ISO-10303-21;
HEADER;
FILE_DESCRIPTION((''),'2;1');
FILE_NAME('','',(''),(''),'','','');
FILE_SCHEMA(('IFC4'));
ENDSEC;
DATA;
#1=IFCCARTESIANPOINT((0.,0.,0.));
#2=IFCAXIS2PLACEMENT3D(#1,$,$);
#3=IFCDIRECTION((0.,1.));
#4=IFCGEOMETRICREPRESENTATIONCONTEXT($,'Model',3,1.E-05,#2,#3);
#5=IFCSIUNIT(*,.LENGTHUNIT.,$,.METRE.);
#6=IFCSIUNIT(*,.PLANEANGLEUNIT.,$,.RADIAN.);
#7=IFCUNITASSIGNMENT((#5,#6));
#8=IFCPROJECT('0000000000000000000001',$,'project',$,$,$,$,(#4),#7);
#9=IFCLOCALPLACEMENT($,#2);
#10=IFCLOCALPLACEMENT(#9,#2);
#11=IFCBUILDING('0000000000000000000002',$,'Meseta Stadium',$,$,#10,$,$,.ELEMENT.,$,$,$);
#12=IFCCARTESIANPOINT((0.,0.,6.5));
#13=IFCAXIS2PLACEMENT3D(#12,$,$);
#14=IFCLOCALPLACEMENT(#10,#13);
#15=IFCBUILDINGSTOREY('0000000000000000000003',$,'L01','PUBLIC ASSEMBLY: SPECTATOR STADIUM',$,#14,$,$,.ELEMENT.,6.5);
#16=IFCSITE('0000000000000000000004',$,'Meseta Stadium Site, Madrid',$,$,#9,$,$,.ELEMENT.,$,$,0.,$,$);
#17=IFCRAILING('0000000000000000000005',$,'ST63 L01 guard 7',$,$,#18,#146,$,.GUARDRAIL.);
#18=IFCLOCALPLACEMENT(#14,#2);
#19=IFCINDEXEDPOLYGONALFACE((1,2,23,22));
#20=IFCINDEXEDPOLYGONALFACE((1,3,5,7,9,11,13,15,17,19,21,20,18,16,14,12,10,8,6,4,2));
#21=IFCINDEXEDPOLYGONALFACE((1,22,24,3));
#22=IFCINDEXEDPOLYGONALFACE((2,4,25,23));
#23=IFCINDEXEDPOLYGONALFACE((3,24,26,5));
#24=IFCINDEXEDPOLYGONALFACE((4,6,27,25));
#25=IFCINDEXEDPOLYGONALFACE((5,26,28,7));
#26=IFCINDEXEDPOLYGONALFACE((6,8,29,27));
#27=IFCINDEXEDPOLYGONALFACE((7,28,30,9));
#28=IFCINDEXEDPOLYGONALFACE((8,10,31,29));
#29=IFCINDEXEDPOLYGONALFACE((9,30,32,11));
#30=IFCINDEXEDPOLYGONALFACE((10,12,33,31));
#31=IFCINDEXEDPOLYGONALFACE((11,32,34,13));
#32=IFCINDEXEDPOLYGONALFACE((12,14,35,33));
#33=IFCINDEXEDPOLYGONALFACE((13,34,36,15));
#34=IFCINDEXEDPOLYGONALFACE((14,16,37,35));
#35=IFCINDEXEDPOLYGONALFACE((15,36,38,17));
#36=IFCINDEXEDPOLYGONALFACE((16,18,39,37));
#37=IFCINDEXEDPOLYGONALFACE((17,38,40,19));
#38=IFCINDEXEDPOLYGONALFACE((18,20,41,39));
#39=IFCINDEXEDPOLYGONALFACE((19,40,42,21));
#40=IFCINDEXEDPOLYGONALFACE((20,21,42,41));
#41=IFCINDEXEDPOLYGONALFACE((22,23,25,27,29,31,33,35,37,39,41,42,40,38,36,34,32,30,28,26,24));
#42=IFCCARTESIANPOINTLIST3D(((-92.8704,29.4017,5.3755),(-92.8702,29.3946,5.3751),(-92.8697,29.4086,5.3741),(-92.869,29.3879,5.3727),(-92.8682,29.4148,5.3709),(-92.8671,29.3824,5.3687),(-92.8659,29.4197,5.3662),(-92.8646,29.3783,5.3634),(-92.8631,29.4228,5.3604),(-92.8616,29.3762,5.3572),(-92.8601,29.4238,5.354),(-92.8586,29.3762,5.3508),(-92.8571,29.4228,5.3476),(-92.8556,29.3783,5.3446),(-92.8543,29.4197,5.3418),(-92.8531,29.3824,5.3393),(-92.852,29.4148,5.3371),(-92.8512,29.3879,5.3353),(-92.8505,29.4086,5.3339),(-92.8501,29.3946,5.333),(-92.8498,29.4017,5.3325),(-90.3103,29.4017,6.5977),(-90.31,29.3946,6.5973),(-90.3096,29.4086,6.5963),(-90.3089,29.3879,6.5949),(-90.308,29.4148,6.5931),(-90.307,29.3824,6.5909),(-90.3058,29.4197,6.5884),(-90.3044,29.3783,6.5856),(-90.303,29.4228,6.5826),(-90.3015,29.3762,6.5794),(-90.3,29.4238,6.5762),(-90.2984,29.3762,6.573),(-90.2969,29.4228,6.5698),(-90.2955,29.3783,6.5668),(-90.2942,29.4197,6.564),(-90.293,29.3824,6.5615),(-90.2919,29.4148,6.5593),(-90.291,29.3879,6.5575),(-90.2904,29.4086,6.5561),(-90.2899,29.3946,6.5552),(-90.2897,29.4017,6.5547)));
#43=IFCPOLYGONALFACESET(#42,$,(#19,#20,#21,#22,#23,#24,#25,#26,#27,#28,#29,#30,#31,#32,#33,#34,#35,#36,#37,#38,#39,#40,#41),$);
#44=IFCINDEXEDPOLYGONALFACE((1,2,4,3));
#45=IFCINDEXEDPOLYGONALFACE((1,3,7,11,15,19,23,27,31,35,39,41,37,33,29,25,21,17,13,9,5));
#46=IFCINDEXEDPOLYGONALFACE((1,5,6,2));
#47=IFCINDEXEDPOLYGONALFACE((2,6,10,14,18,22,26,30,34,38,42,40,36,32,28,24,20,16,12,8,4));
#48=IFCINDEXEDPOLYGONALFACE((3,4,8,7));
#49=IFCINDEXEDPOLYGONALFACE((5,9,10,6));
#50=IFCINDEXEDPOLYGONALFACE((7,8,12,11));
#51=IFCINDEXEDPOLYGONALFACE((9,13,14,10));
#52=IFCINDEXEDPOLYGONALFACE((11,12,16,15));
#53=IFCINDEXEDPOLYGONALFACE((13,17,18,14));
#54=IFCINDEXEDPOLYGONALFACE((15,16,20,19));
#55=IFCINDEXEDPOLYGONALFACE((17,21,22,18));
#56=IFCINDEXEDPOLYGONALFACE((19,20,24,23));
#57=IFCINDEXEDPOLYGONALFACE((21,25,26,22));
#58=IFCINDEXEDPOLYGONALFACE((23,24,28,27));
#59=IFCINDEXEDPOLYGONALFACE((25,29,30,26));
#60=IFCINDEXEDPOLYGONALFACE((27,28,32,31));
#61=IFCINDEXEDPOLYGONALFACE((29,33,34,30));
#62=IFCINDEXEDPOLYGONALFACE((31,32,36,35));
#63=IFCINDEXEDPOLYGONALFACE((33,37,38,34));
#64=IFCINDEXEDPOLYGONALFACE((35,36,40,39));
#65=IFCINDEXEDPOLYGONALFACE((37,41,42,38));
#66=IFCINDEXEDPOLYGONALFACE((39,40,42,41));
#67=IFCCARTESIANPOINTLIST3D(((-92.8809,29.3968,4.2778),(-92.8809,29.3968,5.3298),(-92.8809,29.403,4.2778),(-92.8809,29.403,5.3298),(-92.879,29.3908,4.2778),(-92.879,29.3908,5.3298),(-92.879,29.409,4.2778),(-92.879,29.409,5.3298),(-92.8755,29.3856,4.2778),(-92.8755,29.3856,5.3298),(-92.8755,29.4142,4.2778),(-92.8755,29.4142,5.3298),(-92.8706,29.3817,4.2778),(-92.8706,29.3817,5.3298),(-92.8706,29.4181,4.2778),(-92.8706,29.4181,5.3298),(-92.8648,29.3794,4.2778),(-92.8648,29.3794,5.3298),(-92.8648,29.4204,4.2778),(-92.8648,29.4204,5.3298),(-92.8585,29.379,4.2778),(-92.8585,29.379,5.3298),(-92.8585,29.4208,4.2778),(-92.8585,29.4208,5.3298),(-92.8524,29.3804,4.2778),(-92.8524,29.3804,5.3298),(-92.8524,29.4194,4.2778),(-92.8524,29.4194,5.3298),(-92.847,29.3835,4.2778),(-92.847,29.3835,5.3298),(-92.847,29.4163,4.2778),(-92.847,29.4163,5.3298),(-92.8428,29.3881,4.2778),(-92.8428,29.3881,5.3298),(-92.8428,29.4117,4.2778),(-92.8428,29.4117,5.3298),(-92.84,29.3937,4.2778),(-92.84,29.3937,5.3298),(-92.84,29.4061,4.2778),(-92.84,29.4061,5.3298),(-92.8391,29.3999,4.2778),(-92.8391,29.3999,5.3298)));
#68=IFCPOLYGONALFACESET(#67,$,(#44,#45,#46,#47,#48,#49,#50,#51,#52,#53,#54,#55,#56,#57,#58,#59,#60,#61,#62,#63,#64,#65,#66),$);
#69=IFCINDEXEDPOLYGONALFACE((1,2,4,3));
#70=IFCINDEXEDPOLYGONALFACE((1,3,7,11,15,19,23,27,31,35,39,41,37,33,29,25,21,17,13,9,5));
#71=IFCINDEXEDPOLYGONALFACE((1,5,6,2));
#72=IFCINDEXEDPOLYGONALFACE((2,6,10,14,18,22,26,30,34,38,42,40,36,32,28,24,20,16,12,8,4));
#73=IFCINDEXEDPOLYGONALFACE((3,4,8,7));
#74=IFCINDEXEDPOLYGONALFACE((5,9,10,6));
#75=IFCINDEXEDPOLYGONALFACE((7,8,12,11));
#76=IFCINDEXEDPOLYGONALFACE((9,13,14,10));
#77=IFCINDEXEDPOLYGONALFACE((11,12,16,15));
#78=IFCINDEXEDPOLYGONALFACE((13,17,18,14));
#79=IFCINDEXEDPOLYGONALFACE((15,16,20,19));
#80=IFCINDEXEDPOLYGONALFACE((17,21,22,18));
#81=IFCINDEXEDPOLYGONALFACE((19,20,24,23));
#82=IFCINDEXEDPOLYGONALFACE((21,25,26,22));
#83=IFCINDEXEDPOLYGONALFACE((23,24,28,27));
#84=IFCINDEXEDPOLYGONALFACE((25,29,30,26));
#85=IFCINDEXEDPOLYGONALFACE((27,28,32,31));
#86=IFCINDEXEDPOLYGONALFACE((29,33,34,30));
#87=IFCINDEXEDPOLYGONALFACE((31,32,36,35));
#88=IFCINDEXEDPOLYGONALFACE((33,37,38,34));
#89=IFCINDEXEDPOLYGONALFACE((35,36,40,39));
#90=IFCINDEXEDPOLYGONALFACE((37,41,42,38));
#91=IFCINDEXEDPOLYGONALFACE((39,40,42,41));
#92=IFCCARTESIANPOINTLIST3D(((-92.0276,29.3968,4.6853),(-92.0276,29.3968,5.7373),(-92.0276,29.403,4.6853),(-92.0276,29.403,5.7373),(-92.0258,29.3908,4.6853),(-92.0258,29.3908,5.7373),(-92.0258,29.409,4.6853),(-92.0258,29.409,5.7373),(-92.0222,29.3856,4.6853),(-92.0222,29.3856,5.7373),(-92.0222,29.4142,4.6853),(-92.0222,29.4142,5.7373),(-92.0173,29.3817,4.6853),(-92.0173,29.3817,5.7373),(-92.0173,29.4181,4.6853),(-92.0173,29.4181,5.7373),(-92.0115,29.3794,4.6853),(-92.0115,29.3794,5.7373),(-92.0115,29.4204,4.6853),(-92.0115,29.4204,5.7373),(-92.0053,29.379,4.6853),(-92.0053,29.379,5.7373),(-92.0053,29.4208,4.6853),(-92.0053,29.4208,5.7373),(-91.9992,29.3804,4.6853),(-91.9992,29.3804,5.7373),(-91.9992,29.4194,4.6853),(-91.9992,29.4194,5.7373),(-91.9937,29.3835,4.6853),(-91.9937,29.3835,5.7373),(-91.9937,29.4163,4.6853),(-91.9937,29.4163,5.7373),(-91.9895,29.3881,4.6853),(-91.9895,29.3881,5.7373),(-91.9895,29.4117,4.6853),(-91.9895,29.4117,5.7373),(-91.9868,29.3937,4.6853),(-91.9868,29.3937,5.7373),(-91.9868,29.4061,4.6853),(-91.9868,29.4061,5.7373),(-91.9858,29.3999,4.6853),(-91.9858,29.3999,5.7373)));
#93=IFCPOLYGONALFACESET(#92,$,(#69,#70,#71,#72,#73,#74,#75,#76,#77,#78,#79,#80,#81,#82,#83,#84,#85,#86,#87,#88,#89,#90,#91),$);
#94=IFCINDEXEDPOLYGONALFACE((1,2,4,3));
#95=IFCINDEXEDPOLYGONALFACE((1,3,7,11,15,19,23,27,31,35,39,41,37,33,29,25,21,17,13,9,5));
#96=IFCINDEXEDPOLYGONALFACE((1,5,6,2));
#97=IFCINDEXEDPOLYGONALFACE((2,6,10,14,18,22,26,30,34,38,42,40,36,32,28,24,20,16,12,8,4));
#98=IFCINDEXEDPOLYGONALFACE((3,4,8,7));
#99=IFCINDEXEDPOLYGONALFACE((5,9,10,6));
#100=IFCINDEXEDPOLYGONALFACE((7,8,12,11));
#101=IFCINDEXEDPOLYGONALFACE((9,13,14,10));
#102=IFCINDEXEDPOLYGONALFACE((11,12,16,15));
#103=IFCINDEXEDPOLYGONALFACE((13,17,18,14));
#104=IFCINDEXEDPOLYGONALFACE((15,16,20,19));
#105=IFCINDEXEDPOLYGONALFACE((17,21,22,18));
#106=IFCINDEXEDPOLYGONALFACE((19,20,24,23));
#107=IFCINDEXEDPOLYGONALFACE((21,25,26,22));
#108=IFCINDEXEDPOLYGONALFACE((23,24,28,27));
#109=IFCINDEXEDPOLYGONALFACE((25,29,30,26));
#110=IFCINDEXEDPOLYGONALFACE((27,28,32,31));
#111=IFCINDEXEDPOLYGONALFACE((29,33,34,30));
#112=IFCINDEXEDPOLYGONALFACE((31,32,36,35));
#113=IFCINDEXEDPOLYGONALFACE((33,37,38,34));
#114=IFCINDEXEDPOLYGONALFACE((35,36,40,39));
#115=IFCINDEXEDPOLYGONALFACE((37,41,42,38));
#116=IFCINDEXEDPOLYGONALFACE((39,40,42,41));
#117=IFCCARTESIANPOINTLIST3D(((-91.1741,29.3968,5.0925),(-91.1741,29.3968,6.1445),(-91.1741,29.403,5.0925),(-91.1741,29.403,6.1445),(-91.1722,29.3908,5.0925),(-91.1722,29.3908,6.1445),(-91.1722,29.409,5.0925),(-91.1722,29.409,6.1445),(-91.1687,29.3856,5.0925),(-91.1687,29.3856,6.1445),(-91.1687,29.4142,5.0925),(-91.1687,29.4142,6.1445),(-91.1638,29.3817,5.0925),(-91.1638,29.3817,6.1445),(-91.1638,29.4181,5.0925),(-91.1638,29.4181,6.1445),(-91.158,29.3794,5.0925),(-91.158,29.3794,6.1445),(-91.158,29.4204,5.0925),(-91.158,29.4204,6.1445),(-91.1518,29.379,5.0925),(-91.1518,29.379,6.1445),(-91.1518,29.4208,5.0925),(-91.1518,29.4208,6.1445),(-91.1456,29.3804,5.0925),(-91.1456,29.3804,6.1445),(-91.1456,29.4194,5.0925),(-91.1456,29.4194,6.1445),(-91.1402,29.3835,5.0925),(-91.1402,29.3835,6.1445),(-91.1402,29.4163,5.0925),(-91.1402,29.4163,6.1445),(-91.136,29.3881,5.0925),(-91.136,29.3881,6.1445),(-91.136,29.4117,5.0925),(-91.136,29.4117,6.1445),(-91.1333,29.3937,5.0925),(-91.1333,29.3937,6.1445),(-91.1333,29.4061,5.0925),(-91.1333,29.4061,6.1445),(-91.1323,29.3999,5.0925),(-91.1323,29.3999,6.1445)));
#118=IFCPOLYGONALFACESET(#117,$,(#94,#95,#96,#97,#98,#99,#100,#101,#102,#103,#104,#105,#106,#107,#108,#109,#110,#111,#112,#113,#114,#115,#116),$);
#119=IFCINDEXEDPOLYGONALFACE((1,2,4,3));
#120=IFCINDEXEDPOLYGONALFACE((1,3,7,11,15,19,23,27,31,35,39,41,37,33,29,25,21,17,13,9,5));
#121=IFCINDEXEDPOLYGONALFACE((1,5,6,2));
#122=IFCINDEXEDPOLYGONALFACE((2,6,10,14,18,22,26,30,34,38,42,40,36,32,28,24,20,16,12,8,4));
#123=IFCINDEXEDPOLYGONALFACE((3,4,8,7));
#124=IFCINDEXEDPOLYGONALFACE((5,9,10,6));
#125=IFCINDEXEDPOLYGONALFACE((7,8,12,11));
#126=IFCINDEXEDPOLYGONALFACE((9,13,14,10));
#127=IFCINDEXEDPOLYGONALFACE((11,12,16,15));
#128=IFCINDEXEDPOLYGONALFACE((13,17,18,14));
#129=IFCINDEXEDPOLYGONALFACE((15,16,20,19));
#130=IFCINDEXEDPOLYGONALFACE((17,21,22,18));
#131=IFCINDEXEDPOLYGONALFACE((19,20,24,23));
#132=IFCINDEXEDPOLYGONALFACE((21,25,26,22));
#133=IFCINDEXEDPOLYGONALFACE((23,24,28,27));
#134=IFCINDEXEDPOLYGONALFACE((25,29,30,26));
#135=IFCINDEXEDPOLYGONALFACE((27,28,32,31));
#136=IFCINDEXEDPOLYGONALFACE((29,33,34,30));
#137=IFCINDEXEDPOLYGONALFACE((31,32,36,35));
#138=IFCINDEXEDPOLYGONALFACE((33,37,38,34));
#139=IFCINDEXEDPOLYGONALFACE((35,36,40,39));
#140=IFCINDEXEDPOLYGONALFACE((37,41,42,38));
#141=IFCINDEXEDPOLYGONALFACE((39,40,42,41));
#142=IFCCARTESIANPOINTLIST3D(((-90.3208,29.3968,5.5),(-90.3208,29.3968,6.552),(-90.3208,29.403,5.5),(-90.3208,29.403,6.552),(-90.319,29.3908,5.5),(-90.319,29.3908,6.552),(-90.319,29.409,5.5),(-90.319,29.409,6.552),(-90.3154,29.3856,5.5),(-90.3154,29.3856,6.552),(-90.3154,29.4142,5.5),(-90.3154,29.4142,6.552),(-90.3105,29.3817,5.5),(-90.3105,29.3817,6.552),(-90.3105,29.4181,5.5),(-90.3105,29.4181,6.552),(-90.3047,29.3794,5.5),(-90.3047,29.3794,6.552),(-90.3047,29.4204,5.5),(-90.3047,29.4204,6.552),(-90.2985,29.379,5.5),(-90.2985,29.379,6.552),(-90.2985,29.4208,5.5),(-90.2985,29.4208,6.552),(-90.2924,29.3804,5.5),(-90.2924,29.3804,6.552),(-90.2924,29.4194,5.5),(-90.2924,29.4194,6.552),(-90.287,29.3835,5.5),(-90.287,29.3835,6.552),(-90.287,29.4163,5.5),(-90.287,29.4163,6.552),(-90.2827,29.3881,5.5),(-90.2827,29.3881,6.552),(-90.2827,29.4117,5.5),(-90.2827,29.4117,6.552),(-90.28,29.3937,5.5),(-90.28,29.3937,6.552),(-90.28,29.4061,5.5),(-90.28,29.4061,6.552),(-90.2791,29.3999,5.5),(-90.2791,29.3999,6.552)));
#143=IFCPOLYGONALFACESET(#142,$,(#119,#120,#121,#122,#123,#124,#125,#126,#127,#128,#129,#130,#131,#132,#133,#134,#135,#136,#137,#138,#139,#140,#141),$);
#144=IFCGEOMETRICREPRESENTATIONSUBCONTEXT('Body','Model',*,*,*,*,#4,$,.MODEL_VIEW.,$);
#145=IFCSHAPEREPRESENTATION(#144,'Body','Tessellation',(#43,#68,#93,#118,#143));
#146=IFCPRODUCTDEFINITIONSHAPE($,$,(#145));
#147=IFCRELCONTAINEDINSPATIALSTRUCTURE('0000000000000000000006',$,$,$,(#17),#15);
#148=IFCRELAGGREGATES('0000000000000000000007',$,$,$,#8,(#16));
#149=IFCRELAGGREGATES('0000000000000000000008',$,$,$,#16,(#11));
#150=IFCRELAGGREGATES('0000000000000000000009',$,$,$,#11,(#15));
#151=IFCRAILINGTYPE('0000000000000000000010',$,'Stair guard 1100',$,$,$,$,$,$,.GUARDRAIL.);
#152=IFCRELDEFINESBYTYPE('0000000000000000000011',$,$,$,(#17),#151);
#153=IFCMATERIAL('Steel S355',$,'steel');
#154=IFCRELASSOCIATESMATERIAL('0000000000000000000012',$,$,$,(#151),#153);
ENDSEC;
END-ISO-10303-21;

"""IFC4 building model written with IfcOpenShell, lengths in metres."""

from ifc_helpers import new_model, si_unit, direction, frame, origin, origin_2d, place, context, subcontext, project, spatial, circle, extrude, material, type_object, element, save


model = new_model("IFC4")

# Units and contexts
model_context = context("Model", 3, precision=1e-05, world=origin(), true_north=direction((0.0, 1.0)))
body_context = subcontext(model_context, "Body", "Model", "MODEL_VIEW")
ifc_project = project(units=[si_unit("LENGTHUNIT", "METRE"), si_unit("PLANEANGLEUNIT", "RADIAN")], contexts=[model_context])

# Site, building, storey
site_placement = place(None, origin())
site = spatial("IfcSite", under=ifc_project, at=site_placement, Name="Meseta Stadium Site, Madrid", CompositionType="ELEMENT", RefElevation=0.0)
building_placement = place(site_placement, origin())
building = spatial("IfcBuilding", under=site, at=building_placement, Name="Meseta Stadium", CompositionType="ELEMENT")
storey_placement = place(building_placement, frame((0.0, 0.0, 6.5)))
storey = spatial("IfcBuildingStorey", under=building, at=storey_placement, Name="L01", Description="PUBLIC ASSEMBLY: SPECTATOR STADIUM", CompositionType="ELEMENT", Elevation=6.5)

# Railing
ifc_material_1 = material(Name="Steel S355", Category="steel")
railing_type_1 = type_object("IfcRailingType", Name="Stair guard 1100", PredefinedType="GUARDRAIL", material=ifc_material_1)
railing_1_placement = place(storey_placement, frame((-92.8601, 29.3999, 4.2778)))
element("IfcRailing", 1, at=railing_1_placement, inside=storey, type_object=railing_type_1, Name="ST63 L01 guard 7", PredefinedType="GUARDRAIL", context=body_context, shape_type="SweptSolid", body=[
    extrude(circle(Radius=0.0239, at=origin_2d()), frame((0.0, 0.0, 1.0762), z_axis=(0.902437, 0.0, 0.430822), x_axis=(0.0, 1.0, 0.0)), (0.0, 0.0, 1.0), 2.8369),
    extrude(circle(Radius=0.021, at=origin_2d()), origin(), (0.0, 0.0, 1.0), 1.052),
    extrude(circle(Radius=0.021, at=origin_2d()), frame((0.8533, 0.0, 0.4075)), (0.0, 0.0, 1.0), 1.052),
    extrude(circle(Radius=0.021, at=origin_2d()), frame((1.7068, 0.0, 0.8147)), (0.0, 0.0, 1.0), 1.052),
    extrude(circle(Radius=0.021, at=origin_2d()), frame((2.5601, 0.0, 1.2222)), (0.0, 0.0, 1.0), 1.052),
])

save(model, "model.ifc")
